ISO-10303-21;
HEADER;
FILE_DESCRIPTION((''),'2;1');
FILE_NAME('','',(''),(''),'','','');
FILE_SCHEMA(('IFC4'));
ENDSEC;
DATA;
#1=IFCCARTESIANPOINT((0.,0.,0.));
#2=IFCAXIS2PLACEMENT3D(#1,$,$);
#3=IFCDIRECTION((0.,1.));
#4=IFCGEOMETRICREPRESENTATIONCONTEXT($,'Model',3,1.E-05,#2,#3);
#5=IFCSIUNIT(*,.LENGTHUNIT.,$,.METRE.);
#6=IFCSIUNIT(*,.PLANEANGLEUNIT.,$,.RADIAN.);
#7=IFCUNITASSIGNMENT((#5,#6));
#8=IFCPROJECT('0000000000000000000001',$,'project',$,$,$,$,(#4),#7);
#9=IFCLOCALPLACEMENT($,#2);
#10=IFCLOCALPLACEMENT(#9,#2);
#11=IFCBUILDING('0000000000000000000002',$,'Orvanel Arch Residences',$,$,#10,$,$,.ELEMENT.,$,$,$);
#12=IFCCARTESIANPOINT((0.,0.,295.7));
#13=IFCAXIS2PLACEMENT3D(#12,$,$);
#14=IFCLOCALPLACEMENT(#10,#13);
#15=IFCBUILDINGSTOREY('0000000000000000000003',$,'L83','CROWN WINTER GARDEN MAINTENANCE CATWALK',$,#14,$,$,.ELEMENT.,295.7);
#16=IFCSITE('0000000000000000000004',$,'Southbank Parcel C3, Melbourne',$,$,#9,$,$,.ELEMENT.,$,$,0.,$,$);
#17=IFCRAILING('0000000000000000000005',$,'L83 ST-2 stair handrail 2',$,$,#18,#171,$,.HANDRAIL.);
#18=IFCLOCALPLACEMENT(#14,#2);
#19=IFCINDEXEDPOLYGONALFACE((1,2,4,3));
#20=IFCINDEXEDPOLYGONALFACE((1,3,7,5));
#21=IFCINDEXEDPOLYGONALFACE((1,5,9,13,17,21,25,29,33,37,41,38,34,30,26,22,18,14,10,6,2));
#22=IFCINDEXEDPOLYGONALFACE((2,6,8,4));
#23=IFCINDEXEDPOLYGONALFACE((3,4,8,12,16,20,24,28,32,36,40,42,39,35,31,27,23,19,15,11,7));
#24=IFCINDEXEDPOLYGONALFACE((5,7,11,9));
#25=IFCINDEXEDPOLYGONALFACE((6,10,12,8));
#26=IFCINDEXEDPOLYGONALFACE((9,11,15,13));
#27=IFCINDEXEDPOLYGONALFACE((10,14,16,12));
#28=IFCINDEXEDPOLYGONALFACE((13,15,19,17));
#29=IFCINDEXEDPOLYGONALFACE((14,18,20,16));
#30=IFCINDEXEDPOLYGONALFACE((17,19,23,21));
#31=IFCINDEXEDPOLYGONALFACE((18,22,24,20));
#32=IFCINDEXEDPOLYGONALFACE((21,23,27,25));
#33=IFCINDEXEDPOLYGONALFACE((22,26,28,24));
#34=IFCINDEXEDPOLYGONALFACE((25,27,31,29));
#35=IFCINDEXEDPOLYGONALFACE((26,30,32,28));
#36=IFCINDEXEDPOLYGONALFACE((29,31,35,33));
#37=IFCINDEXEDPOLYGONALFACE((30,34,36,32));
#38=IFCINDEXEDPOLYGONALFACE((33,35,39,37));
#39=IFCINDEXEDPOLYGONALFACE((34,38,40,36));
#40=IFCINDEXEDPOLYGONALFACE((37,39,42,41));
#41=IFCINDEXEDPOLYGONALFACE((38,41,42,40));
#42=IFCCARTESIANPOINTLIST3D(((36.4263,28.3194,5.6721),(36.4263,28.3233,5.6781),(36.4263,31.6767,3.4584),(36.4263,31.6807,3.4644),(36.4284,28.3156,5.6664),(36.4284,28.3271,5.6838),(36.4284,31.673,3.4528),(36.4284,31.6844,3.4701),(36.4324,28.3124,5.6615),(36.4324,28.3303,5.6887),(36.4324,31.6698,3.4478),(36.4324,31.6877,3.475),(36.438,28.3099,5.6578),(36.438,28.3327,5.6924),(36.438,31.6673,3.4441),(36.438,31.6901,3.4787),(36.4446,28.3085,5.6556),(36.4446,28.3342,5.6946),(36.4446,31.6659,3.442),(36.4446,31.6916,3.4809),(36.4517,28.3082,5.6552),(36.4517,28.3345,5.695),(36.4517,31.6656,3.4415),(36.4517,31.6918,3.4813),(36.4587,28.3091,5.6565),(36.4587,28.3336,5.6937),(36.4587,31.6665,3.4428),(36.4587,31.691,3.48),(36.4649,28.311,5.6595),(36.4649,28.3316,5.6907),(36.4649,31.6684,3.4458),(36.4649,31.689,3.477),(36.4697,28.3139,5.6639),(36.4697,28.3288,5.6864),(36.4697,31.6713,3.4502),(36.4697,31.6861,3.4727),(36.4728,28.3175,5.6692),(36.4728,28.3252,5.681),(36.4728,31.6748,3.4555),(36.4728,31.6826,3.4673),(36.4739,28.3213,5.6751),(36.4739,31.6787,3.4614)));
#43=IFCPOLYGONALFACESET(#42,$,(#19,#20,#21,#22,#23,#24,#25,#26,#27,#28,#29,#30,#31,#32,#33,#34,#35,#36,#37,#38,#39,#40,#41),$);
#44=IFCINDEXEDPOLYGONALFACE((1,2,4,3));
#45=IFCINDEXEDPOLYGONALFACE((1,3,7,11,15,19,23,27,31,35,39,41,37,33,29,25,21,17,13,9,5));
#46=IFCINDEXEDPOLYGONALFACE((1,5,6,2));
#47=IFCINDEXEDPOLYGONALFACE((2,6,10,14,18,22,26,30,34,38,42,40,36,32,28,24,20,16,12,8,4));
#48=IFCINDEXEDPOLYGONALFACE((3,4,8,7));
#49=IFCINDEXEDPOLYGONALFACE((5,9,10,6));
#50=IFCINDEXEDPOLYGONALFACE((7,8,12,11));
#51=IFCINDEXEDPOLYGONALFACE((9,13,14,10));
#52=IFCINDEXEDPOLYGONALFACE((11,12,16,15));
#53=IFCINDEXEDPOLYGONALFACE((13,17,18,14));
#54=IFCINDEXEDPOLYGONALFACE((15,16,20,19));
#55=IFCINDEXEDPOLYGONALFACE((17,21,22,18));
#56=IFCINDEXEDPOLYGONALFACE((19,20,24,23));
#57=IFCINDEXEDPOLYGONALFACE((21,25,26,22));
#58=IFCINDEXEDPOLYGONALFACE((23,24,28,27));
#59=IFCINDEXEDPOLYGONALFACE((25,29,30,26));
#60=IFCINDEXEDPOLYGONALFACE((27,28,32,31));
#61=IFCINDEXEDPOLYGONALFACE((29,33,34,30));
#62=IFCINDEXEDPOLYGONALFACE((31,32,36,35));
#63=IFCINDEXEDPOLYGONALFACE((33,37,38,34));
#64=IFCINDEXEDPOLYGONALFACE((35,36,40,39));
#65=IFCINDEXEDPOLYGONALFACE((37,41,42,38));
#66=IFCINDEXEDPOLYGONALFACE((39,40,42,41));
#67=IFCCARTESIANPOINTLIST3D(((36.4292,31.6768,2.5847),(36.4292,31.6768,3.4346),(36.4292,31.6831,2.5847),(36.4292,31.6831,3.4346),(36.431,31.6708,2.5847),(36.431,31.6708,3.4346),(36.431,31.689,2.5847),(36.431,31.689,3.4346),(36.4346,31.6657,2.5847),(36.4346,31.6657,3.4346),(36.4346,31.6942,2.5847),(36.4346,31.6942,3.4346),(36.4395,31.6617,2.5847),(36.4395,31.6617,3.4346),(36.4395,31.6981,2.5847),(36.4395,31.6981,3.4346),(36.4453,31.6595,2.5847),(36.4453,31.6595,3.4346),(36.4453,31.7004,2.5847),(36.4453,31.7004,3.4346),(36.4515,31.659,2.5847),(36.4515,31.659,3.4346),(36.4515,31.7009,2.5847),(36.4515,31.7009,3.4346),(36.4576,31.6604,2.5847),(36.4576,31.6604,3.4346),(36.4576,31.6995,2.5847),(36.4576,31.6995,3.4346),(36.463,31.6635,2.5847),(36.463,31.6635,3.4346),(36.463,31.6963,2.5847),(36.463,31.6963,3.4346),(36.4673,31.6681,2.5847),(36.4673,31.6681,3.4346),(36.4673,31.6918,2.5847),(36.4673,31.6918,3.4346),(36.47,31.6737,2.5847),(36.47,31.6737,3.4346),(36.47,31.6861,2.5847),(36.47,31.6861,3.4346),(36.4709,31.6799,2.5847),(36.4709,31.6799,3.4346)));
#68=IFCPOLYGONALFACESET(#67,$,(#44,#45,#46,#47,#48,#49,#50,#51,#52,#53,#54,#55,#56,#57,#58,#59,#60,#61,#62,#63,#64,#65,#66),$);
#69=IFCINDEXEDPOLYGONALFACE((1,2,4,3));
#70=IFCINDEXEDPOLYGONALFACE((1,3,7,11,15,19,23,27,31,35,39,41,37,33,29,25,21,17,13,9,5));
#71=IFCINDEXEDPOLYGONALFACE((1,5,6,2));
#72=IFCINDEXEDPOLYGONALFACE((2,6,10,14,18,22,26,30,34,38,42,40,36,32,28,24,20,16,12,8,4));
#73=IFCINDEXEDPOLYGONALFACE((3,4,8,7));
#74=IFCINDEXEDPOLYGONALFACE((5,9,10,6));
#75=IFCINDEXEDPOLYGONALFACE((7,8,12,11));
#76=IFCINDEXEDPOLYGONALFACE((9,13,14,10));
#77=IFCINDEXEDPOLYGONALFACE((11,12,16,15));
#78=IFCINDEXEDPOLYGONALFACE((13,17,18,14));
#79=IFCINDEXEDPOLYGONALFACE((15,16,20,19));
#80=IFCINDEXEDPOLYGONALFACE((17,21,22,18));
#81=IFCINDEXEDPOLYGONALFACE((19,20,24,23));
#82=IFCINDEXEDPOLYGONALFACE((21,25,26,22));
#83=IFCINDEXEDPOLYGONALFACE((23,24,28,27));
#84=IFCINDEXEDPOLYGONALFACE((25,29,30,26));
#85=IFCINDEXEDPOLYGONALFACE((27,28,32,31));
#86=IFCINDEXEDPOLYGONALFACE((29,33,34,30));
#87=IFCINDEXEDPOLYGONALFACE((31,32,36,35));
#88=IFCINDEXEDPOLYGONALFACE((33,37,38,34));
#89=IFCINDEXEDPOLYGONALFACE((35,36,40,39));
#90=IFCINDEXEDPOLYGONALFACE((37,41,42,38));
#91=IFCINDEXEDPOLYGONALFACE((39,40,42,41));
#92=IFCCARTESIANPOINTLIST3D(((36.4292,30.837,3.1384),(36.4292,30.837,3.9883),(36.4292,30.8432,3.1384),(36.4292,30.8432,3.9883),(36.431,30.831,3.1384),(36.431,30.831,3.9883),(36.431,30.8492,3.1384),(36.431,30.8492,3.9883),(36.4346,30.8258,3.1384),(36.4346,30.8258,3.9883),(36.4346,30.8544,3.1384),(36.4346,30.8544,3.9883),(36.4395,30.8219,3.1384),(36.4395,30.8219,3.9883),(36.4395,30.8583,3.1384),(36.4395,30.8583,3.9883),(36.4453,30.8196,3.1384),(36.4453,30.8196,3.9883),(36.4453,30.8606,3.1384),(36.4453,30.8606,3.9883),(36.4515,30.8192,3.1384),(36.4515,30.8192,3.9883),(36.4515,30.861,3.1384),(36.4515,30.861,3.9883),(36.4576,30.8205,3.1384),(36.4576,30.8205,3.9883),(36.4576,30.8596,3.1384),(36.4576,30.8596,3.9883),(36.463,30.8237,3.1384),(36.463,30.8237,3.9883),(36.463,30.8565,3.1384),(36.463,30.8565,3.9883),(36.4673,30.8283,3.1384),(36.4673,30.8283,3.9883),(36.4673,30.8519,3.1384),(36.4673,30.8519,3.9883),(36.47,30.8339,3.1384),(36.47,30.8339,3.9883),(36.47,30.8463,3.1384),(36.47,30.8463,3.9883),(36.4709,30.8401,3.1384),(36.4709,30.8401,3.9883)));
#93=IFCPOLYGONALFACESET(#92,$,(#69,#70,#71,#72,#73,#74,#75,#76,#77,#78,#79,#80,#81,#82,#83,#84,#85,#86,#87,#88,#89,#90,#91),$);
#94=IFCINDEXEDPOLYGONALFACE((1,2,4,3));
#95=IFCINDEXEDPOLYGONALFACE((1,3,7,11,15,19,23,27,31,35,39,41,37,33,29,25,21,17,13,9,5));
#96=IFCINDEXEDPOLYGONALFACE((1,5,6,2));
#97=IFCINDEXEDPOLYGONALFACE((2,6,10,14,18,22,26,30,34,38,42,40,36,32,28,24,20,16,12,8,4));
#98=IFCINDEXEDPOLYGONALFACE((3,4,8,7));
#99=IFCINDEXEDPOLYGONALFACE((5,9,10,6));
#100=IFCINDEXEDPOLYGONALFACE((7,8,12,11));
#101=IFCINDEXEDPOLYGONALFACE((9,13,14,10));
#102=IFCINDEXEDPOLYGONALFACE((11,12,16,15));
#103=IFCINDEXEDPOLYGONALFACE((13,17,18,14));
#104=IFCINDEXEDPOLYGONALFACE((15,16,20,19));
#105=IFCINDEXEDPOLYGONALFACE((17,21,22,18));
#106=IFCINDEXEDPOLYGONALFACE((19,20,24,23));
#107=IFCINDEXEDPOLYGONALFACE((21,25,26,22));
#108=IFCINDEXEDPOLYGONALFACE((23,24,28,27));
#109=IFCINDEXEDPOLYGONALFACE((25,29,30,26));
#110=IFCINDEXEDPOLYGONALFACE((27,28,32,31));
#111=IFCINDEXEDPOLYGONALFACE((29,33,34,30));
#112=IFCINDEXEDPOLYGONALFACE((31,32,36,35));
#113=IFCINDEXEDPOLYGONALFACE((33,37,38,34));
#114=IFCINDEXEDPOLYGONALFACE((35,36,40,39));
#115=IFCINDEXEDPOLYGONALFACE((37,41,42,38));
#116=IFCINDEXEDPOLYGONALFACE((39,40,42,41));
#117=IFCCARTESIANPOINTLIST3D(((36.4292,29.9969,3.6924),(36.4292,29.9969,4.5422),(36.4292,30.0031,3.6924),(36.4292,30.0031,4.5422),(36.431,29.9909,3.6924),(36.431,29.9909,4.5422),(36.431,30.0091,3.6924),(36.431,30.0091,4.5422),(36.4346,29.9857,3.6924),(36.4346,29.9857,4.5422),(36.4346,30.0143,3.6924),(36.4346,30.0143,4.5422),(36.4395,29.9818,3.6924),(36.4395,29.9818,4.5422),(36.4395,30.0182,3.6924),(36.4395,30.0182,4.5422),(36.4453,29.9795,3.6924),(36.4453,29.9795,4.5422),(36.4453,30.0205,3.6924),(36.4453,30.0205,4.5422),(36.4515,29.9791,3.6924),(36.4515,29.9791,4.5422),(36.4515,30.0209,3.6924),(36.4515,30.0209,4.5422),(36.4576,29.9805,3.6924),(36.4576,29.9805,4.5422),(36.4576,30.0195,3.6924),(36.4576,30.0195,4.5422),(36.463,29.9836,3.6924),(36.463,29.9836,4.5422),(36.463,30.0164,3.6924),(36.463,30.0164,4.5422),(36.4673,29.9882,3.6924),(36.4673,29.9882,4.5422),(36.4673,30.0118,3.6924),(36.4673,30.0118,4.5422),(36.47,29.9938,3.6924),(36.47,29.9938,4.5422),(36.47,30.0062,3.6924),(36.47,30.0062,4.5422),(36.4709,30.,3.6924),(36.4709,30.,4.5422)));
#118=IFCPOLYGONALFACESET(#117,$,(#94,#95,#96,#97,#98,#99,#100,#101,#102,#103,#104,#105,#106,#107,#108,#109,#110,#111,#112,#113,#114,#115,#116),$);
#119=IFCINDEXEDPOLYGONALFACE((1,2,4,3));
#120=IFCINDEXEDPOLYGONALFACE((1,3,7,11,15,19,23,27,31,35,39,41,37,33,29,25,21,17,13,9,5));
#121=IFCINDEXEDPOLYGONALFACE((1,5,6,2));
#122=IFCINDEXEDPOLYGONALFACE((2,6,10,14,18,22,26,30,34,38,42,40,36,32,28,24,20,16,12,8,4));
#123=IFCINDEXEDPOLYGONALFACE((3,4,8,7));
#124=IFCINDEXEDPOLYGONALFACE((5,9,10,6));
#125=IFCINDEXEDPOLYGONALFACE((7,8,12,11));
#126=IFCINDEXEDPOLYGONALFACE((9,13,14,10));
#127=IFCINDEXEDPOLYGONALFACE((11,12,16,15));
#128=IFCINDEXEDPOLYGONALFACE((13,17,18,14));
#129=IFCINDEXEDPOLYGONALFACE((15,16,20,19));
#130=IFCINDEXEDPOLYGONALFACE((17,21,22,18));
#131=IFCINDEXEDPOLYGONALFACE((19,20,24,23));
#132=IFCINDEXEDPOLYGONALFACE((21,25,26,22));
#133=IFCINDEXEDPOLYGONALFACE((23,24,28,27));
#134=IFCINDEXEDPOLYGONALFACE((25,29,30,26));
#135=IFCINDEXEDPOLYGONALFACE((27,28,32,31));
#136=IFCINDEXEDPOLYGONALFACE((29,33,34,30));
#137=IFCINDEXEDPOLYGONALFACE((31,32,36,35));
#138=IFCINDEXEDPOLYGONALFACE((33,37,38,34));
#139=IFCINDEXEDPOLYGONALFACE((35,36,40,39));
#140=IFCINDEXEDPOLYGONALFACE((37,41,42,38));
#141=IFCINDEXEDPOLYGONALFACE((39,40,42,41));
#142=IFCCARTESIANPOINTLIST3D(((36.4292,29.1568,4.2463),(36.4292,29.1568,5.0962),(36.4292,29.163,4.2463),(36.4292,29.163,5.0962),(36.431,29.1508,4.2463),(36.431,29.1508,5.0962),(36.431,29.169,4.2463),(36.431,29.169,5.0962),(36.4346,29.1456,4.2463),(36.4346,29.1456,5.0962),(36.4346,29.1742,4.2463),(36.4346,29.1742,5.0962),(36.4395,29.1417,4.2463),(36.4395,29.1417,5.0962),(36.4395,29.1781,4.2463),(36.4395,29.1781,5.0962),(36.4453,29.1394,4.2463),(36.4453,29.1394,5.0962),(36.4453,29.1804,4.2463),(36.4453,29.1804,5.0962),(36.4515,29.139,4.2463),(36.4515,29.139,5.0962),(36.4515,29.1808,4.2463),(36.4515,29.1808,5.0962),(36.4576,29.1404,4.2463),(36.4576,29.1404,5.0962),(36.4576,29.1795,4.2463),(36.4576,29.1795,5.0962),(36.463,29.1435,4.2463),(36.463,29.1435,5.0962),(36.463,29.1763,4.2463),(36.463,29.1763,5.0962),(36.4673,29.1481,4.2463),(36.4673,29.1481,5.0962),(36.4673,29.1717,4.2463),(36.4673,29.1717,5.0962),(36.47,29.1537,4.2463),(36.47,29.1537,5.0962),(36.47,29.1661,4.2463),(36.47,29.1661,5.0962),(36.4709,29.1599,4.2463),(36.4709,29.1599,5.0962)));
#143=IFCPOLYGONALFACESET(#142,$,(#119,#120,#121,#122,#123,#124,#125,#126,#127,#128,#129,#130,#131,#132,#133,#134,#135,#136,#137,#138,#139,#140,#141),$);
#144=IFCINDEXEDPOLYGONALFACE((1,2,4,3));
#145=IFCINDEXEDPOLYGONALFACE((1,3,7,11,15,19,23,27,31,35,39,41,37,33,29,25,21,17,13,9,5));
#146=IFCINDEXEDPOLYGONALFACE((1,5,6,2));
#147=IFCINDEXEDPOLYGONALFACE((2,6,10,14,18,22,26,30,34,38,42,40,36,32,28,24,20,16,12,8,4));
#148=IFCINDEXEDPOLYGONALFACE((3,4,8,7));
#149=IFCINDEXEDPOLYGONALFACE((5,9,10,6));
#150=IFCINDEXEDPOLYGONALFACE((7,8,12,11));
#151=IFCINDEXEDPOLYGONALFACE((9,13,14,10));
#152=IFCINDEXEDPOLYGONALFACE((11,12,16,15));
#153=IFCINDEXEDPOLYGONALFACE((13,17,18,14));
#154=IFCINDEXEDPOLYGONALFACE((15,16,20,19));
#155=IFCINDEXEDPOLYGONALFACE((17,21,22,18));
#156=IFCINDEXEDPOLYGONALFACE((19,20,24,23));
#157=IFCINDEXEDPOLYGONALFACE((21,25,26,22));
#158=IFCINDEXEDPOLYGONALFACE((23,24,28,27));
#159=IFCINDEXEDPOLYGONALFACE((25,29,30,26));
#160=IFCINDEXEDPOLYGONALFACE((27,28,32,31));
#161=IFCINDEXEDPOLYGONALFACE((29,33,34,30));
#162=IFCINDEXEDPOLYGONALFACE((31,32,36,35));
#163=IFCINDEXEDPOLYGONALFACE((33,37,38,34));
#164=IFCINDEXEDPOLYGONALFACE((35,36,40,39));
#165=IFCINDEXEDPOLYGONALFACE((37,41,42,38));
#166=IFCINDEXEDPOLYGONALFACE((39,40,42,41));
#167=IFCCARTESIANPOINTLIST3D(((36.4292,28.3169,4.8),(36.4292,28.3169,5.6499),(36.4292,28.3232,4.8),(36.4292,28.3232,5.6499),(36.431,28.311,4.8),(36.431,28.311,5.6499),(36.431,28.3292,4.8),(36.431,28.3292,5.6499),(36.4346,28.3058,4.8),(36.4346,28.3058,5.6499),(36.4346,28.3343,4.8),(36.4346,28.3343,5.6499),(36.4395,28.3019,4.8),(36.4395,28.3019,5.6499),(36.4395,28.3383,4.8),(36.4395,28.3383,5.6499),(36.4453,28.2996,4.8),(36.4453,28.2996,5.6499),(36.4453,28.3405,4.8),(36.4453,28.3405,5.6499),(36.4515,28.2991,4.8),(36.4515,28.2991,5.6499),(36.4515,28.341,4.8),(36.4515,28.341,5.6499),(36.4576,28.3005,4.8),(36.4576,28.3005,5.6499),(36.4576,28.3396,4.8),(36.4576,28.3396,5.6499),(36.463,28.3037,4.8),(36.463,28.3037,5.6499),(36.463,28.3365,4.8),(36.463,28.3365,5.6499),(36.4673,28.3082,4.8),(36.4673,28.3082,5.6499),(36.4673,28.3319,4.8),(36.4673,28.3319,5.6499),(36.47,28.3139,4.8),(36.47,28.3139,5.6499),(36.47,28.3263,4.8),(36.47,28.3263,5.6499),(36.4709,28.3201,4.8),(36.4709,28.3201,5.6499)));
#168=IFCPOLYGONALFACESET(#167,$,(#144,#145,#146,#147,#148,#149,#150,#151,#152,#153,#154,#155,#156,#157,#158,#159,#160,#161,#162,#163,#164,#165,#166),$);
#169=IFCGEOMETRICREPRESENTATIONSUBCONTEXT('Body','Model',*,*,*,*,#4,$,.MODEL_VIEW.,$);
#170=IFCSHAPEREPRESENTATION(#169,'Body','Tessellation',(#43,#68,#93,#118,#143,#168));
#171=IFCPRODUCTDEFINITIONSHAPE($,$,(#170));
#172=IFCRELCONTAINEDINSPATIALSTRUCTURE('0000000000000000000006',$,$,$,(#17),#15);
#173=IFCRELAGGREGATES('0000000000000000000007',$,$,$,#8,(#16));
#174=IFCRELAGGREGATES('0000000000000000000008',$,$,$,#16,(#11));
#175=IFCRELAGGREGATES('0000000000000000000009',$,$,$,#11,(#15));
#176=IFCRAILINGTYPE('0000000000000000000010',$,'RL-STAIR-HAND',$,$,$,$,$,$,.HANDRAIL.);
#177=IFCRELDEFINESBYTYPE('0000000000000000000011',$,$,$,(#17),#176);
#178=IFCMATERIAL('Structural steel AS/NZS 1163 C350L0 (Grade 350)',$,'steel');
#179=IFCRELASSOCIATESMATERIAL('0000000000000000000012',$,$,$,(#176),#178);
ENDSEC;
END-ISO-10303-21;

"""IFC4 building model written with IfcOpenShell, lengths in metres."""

from ifc_helpers import new_model, si_unit, direction, frame, origin, origin_2d, place, context, subcontext, project, spatial, circle, extrude, material, type_object, element, save


model = new_model("IFC4")

# Units and contexts
model_context = context("Model", 3, precision=1e-05, world=origin(), true_north=direction((0.0, 1.0)))
body_context = subcontext(model_context, "Body", "Model", "MODEL_VIEW")
ifc_project = project(units=[si_unit("LENGTHUNIT", "METRE"), si_unit("PLANEANGLEUNIT", "RADIAN")], contexts=[model_context])

# Site, building, storey
site_placement = place(None, origin())
site = spatial("IfcSite", under=ifc_project, at=site_placement, Name="Southbank Parcel C3, Melbourne", CompositionType="ELEMENT", RefElevation=0.0)
building_placement = place(site_placement, origin())
building = spatial("IfcBuilding", under=site, at=building_placement, Name="Orvanel Arch Residences", CompositionType="ELEMENT")
storey_placement = place(building_placement, frame((0.0, 0.0, 295.7)))
storey = spatial("IfcBuildingStorey", under=building, at=storey_placement, Name="L83", Description="CROWN WINTER GARDEN MAINTENANCE CATWALK", CompositionType="ELEMENT", Elevation=295.7)

# Shared definitions
ifc_material_1 = material(Name="Structural steel AS/NZS 1163 C350L0 (Grade 350)", Category="steel")

# Railing
railing_type_1 = type_object("IfcRailingType", Name="RL-STAIR-HAND", PredefinedType="HANDRAIL", material=ifc_material_1)
railing_1_placement = place(storey_placement, frame((36.45, 31.6799, 2.5847)))
element("IfcRailing", 1, at=railing_1_placement, inside=storey, type_object=railing_type_1, Name="L83 ST-2 stair handrail 2", PredefinedType="HANDRAIL", context=body_context, shape_type="SweptSolid", body=[
    extrude(circle(Radius=0.0239, at=origin_2d()), frame((0.0, -0.0012, 0.8767), z_axis=(0.0, -0.834858, 0.550465), x_axis=(1.0, 0.0, 0.0)), (0.0, 0.0, 1.0), 4.0215),
    extrude(circle(Radius=0.021, at=origin_2d()), origin(), (0.0, 0.0, 1.0), 0.8499),
    extrude(circle(Radius=0.021, at=origin_2d()), frame((0.0, -0.8398, 0.5537)), (0.0, 0.0, 1.0), 0.8499),
    extrude(circle(Radius=0.021, at=origin_2d()), frame((0.0, -1.6799, 1.1077)), (0.0, 0.0, 1.0), 0.8499),
    extrude(circle(Radius=0.021, at=origin_2d()), frame((0.0, -2.52, 1.6616)), (0.0, 0.0, 1.0), 0.8499),
    extrude(circle(Radius=0.021, at=origin_2d()), frame((0.0, -3.3599, 2.2153)), (0.0, 0.0, 1.0), 0.8499),
])

save(model, "model.ifc")
